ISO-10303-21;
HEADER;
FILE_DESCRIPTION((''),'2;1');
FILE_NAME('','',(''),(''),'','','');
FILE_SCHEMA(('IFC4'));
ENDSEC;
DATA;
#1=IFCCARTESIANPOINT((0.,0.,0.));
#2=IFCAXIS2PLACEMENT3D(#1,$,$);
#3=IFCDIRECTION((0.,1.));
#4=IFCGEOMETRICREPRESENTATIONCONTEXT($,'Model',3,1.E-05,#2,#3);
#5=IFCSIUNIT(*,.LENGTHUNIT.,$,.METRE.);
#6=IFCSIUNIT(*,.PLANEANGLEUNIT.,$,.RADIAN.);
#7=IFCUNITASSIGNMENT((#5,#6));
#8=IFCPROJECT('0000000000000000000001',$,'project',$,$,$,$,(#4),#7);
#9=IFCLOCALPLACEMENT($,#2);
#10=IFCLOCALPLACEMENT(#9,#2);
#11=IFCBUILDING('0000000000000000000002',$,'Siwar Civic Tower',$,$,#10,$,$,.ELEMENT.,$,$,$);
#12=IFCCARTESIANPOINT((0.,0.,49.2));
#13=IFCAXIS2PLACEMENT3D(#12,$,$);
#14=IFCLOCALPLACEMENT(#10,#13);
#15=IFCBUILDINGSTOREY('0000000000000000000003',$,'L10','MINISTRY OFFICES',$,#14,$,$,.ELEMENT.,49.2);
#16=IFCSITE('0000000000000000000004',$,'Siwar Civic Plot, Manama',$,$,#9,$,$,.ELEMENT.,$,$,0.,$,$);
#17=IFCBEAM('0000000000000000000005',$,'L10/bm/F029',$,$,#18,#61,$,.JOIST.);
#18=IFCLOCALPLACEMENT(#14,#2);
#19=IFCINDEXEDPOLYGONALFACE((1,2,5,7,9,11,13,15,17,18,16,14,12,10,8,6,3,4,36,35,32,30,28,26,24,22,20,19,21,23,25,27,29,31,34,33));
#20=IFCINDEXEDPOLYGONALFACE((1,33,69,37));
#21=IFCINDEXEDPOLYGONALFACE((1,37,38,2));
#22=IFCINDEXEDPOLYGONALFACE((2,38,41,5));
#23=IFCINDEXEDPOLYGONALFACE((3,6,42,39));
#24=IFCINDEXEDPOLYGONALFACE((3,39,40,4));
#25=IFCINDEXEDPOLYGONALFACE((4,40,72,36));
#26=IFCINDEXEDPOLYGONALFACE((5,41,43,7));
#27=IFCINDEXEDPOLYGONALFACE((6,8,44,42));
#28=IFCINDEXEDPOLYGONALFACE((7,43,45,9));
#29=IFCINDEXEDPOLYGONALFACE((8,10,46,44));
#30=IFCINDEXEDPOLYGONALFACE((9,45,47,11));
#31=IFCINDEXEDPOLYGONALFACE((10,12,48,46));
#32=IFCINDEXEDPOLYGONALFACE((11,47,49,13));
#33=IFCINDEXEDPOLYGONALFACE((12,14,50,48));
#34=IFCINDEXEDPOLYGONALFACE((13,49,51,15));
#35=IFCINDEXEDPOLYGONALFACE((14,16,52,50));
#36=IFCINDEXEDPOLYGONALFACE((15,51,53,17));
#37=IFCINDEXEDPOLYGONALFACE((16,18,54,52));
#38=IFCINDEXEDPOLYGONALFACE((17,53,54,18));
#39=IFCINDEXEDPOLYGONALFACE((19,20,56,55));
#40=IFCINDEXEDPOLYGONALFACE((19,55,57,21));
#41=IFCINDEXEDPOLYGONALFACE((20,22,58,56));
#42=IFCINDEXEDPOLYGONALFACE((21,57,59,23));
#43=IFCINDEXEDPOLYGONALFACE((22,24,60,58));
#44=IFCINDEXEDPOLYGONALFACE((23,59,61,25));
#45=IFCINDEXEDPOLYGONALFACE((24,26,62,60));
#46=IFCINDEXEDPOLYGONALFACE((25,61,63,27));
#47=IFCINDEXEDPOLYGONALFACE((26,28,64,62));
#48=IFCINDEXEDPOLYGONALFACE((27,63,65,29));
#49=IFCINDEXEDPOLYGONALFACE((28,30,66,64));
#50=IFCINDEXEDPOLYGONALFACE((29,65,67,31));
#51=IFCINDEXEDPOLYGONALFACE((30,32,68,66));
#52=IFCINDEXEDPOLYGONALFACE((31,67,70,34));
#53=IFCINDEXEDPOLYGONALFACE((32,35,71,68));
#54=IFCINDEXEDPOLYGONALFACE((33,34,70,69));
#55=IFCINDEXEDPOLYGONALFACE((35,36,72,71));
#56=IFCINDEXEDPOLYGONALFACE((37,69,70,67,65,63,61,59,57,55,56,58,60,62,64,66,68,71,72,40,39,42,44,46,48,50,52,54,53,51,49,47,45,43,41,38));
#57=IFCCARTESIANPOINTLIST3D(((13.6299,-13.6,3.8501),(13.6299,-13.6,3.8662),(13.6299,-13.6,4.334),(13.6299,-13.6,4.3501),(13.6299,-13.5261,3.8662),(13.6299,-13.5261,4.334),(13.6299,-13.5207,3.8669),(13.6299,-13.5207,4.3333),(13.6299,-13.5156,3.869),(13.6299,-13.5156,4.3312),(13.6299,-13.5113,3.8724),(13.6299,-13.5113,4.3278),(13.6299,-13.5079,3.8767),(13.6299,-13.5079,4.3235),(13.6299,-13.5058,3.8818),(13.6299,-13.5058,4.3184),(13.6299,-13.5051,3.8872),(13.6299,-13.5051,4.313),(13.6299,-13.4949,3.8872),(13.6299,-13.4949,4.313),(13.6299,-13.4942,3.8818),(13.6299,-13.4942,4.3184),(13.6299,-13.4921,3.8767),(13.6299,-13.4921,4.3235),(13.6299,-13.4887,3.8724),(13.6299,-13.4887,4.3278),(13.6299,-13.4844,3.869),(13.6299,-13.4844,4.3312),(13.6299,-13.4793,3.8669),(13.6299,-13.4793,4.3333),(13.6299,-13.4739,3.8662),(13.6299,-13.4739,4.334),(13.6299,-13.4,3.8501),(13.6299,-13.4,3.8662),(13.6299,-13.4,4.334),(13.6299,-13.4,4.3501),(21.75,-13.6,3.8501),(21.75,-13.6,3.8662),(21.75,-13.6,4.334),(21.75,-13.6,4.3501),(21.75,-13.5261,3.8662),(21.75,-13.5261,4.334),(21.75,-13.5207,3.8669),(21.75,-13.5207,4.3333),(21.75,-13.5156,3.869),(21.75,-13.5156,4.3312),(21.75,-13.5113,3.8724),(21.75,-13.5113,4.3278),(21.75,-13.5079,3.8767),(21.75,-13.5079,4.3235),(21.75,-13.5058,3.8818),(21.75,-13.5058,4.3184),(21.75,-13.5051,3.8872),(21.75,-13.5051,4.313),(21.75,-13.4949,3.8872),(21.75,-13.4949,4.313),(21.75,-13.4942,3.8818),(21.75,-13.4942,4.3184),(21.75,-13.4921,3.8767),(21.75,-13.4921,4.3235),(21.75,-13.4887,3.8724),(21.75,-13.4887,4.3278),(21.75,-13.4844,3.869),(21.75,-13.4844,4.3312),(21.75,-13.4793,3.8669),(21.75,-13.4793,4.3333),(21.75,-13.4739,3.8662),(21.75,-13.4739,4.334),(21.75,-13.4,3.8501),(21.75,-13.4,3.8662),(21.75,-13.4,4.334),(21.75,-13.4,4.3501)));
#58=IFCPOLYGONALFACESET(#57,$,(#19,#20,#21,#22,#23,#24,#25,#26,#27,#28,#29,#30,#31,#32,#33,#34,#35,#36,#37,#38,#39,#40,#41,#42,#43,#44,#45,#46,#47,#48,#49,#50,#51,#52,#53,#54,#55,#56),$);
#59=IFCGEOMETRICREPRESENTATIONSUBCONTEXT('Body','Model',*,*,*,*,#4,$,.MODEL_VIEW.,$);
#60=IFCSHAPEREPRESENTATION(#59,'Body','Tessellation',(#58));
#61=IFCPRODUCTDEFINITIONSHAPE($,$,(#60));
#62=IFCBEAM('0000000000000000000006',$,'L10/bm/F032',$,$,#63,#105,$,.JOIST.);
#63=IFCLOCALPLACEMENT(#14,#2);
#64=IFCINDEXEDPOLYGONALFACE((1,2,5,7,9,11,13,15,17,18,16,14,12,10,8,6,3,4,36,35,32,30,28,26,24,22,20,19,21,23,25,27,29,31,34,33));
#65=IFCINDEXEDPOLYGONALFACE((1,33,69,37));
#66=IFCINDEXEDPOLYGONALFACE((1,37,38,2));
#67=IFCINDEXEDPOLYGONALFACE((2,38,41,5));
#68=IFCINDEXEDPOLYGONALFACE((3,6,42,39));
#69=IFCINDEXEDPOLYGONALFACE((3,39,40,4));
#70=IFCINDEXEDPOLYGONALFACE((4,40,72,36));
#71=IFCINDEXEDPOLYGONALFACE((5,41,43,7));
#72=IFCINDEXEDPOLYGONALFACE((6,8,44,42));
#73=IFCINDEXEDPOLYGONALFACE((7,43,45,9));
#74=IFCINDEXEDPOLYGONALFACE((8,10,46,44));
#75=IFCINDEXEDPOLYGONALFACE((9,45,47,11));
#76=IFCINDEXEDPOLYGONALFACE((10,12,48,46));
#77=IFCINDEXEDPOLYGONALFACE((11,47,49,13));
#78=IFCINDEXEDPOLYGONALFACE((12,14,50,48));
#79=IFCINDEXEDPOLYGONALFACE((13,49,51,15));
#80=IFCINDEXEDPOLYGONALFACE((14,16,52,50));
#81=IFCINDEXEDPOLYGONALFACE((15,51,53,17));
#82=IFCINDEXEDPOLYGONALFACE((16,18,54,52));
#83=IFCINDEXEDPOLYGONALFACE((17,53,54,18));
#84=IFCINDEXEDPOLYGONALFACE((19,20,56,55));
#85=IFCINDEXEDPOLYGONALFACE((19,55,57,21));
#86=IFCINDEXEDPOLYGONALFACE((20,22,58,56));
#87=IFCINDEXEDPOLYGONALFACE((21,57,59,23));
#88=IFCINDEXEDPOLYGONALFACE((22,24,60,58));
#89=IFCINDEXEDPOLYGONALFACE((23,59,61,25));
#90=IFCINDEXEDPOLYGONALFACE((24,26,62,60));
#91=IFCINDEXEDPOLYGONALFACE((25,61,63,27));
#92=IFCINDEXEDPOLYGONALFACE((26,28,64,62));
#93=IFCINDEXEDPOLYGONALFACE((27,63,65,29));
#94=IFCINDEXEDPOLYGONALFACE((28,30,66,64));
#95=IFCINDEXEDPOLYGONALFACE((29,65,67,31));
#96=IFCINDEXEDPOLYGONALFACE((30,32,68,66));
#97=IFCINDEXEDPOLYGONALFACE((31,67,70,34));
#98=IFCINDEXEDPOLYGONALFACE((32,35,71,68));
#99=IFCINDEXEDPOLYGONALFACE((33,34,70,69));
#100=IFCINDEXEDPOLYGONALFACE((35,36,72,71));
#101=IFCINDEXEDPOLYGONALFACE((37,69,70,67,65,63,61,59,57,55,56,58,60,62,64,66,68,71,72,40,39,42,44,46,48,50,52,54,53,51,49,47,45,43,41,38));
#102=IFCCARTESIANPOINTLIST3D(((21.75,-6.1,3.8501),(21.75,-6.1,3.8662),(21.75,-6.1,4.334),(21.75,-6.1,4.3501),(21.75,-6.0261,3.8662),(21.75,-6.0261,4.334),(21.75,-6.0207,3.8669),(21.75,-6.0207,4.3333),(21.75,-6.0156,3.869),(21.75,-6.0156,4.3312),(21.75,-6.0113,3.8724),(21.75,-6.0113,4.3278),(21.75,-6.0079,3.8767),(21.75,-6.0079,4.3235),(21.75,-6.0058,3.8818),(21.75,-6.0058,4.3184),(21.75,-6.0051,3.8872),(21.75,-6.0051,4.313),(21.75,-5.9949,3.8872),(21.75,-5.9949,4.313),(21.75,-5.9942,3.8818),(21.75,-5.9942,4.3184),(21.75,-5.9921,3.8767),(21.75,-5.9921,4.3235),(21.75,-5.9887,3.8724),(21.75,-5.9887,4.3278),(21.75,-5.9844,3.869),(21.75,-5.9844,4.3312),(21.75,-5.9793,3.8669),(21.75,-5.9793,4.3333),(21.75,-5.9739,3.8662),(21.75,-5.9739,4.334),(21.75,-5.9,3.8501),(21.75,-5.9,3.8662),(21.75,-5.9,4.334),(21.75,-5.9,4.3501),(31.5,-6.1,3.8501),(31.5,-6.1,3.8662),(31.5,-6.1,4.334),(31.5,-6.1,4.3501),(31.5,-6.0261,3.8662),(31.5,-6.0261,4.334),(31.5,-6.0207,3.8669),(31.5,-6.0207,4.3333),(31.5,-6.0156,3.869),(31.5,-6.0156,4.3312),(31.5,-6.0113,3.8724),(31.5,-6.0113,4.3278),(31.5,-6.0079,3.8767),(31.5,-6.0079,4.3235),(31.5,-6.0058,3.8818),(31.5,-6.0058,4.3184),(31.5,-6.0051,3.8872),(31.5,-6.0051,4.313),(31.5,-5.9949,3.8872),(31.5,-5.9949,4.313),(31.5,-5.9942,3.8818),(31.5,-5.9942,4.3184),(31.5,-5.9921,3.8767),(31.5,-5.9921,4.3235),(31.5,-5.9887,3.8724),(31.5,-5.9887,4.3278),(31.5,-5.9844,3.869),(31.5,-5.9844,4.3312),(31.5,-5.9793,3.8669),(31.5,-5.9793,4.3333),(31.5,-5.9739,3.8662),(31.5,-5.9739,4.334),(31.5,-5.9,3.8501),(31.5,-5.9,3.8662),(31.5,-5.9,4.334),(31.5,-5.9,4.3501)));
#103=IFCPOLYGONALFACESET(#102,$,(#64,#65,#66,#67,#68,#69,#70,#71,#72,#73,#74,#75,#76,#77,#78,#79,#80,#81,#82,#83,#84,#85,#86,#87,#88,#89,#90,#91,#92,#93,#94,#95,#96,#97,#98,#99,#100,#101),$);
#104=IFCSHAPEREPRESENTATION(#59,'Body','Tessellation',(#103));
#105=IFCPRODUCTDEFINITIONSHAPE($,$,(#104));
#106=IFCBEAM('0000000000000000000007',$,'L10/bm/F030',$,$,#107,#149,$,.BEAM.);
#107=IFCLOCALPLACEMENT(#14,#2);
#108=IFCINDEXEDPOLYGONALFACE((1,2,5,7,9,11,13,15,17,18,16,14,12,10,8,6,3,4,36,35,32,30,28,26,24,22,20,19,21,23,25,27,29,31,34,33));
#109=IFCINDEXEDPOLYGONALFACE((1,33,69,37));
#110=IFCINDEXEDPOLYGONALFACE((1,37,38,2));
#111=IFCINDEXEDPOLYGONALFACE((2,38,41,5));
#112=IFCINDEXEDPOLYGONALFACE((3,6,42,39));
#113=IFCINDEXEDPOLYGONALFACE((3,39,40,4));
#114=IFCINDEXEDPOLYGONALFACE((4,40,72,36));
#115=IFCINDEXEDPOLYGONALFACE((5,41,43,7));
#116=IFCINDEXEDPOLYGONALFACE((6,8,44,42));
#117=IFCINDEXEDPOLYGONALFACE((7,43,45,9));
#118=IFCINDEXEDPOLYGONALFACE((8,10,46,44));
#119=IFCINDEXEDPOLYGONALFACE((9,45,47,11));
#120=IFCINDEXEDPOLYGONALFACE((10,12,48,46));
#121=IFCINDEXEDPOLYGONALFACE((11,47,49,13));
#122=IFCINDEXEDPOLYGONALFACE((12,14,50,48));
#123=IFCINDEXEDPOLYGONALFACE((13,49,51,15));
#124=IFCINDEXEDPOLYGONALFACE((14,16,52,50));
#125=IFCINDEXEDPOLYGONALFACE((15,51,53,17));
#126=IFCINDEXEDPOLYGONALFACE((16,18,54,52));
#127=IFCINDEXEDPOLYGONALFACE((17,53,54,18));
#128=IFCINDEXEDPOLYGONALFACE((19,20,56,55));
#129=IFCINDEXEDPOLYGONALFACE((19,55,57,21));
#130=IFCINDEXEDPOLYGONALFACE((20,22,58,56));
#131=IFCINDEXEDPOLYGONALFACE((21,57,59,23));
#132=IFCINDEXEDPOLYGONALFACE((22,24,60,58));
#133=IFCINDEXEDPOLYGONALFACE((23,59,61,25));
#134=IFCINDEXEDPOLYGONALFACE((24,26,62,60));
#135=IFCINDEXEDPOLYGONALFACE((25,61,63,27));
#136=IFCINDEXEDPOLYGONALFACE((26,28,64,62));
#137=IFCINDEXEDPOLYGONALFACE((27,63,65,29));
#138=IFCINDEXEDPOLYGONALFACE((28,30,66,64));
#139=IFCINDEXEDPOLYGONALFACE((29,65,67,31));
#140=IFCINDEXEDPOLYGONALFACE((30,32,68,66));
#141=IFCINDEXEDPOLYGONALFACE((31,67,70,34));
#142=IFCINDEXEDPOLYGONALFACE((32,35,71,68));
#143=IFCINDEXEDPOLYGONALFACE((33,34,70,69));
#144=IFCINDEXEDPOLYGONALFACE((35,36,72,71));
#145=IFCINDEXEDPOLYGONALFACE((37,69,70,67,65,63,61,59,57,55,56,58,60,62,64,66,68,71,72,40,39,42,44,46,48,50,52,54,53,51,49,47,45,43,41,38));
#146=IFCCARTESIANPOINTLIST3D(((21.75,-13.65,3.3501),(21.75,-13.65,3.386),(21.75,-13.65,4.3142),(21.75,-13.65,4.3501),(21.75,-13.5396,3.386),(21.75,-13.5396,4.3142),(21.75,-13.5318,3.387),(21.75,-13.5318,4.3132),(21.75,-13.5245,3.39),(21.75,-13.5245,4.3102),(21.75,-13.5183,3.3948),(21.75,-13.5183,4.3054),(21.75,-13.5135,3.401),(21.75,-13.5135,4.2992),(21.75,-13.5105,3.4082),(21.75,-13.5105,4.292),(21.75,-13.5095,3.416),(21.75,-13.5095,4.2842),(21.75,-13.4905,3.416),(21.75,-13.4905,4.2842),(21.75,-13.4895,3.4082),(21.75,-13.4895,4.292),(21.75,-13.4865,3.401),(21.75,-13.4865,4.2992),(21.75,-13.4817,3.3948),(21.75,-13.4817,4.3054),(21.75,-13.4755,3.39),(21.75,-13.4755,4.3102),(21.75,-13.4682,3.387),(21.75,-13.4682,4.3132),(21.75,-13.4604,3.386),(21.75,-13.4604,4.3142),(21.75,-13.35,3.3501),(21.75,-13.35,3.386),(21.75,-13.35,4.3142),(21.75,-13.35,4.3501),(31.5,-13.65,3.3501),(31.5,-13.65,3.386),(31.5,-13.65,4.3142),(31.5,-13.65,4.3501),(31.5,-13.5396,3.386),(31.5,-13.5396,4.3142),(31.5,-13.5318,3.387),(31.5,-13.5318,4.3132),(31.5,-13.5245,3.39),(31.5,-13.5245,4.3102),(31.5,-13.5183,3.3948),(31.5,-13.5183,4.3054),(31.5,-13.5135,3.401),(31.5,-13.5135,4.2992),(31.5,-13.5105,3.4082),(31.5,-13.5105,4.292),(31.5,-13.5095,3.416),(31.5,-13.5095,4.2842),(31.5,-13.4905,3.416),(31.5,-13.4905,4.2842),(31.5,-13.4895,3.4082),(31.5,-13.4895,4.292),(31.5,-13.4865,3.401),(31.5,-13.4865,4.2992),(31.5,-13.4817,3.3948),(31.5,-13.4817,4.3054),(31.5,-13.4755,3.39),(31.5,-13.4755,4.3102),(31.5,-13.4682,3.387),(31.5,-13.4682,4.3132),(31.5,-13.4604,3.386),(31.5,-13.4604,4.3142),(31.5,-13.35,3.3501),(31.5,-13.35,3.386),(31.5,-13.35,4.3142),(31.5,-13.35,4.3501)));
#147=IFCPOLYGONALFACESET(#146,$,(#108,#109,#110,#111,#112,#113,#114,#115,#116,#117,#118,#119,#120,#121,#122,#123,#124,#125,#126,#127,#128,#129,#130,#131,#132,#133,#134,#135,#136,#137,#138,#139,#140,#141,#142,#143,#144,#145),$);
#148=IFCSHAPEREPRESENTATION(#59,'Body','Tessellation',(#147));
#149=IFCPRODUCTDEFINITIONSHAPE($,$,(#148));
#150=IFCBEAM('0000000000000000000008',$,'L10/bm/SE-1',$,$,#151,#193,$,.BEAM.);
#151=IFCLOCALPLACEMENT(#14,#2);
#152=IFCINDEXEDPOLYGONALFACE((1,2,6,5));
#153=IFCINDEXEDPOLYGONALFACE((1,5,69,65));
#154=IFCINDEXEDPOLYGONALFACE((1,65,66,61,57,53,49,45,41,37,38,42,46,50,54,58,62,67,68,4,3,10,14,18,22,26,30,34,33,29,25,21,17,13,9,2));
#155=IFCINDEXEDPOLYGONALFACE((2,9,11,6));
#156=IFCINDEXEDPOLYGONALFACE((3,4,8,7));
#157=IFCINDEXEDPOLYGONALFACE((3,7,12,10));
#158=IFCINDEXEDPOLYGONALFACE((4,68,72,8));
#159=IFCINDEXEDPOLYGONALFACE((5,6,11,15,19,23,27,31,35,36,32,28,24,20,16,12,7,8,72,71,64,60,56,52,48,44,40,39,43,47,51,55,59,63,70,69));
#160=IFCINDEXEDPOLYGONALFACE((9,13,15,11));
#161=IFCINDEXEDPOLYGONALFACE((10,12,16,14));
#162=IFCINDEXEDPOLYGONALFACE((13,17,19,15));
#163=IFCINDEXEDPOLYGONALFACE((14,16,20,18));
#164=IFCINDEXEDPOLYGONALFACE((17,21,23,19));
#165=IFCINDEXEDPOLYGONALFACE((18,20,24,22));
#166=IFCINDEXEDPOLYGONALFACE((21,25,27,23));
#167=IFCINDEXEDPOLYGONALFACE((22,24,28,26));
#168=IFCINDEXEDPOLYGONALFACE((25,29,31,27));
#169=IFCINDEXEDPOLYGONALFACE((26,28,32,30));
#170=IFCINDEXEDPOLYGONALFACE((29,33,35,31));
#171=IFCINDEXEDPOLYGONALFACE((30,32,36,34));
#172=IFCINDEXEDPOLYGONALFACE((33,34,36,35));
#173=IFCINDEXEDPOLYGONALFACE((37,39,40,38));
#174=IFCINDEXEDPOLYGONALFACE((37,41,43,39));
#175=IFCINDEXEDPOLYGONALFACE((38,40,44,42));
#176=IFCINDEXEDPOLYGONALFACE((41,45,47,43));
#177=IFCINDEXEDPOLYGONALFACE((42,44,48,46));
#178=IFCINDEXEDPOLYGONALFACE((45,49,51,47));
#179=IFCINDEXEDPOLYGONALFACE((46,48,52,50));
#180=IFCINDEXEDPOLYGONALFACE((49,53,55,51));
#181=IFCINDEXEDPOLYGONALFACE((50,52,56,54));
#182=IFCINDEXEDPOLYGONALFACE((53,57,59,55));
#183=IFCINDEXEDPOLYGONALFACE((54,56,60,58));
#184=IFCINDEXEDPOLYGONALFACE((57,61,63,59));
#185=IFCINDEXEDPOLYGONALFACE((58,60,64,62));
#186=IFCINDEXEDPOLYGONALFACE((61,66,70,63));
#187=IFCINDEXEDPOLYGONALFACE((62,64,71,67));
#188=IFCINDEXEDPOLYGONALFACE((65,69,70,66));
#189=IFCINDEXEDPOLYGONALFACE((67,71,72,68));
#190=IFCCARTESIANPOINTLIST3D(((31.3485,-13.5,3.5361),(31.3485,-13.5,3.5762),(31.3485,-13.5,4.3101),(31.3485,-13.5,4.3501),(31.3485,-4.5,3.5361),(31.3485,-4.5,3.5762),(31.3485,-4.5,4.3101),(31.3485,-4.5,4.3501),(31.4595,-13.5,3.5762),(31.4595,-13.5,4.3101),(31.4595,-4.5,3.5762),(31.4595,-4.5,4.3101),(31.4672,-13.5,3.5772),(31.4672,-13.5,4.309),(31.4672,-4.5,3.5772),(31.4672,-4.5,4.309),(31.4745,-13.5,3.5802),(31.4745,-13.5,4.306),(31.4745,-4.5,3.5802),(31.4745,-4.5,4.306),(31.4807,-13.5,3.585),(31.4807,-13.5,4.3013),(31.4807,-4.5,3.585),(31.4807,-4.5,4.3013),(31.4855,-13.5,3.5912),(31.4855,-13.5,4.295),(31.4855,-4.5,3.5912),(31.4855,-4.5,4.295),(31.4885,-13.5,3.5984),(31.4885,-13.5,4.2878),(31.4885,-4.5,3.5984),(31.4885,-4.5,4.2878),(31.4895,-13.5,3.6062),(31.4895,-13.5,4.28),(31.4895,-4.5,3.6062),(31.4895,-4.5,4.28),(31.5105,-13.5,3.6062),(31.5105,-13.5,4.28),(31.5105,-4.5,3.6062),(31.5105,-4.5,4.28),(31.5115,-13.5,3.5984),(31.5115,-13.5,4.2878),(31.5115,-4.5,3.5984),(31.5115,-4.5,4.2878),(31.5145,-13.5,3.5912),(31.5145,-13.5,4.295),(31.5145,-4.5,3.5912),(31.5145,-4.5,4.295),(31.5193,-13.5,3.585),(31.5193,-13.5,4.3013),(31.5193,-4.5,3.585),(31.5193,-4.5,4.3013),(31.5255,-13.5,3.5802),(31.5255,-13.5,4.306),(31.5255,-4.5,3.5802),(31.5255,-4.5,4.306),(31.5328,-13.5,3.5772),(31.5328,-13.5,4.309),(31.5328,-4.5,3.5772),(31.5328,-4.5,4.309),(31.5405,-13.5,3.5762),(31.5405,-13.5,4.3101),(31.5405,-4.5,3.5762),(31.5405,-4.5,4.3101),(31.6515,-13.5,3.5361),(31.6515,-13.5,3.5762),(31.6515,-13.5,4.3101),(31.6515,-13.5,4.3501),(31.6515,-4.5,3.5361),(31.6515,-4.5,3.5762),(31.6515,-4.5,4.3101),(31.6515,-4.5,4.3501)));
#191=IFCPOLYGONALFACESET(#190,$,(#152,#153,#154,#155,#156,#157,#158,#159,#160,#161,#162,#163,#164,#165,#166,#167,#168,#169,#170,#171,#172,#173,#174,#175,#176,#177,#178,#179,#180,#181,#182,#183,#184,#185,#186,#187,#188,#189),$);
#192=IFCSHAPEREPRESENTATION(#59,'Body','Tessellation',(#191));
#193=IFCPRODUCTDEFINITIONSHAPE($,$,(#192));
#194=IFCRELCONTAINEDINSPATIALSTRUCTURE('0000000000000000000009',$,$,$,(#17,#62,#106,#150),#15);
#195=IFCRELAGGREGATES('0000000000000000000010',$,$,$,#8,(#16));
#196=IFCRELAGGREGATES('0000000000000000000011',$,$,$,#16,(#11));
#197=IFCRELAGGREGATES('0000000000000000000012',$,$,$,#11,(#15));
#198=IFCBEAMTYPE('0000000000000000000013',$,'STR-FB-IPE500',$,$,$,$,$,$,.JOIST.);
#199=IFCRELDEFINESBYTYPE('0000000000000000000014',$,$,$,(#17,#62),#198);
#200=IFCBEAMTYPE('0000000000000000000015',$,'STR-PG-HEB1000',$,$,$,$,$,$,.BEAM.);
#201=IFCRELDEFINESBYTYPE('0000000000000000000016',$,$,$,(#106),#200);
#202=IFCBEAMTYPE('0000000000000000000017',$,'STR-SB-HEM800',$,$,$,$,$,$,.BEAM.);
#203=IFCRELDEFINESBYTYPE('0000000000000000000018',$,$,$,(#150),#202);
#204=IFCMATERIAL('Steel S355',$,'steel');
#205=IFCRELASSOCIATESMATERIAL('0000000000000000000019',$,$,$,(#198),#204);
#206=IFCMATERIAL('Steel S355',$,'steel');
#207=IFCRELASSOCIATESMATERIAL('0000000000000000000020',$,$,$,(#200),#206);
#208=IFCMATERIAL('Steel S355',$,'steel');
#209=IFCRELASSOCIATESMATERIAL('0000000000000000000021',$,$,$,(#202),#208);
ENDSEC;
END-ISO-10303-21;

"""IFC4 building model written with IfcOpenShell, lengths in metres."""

from ifc_helpers import new_model, si_unit, direction, frame, origin, origin_2d, place, context, subcontext, project, spatial, i_section, extrude, material, material_profile, profile_set, type_object, element, save


model = new_model("IFC4")

# Units and contexts
model_context = context("Model", 3, precision=1e-05, world=origin(), true_north=direction((0.0, 1.0)))
body_context = subcontext(model_context, "Body", "Model", "MODEL_VIEW")
ifc_project = project(units=[si_unit("LENGTHUNIT", "METRE"), si_unit("PLANEANGLEUNIT", "RADIAN")], contexts=[model_context])

# Site, building, storey
site_placement = place(None, origin())
site = spatial("IfcSite", under=ifc_project, at=site_placement, Name="Siwar Civic Plot, Manama", CompositionType="ELEMENT", RefElevation=0.0)
building_placement = place(site_placement, origin())
building = spatial("IfcBuilding", under=site, at=building_placement, Name="Siwar Civic Tower", CompositionType="ELEMENT")
storey_placement = place(building_placement, frame((0.0, 0.0, 49.2)))
storey = spatial("IfcBuildingStorey", under=building, at=storey_placement, Name="L10", Description="MINISTRY OFFICES", CompositionType="ELEMENT", Elevation=49.2)

# Beams
ifc_material_1 = material(Name="Steel S355", Category="steel")
ifc_material_profile_1 = material_profile(ifc_material_1, i_section(OverallWidth=0.2, OverallDepth=0.5, WebThickness=0.0103, FlangeThickness=0.0161, FilletRadius=0.021, at=origin_2d()), Name="IPE500")
ifc_profile_set_1 = profile_set([ifc_material_profile_1], Name="Steel S355")
beam_type_1 = type_object("IfcBeamType", Name="STR-FB-IPE500", PredefinedType="JOIST", material=ifc_profile_set_1)
beam_1_placement = place(storey_placement, frame((13.6299, -13.5, 4.1001), z_axis=(1.0, 0.0, 0.0), x_axis=(0.0, 1.0, 0.0)))
element("IfcBeam", 1, at=beam_1_placement, inside=storey, type_object=beam_type_1, Name="L10/bm/F029", PredefinedType="JOIST", context=body_context, shape_type="SweptSolid", body=[
    extrude(i_section(OverallWidth=0.2, OverallDepth=0.5, WebThickness=0.0103, FlangeThickness=0.0161, FilletRadius=0.021, at=origin_2d()), origin(), (0.0, 0.0, 1.0), 8.1201),
])
beam_2_placement = place(storey_placement, frame((21.75, -6.0, 4.1001), z_axis=(1.0, 0.0, 0.0), x_axis=(0.0, 1.0, 0.0)))
element("IfcBeam", 2, at=beam_2_placement, inside=storey, type_object=beam_type_1, Name="L10/bm/F032", PredefinedType="JOIST", context=body_context, shape_type="SweptSolid", body=[
    extrude(i_section(OverallWidth=0.2, OverallDepth=0.5, WebThickness=0.0103, FlangeThickness=0.0161, FilletRadius=0.021, at=origin_2d()), origin(), (0.0, 0.0, 1.0), 9.75),
])
ifc_material_2 = material(Name="Steel S355", Category="steel")
ifc_material_profile_2 = material_profile(ifc_material_2, i_section(OverallWidth=0.3, OverallDepth=1.0, WebThickness=0.019, FlangeThickness=0.0359, FilletRadius=0.03, at=origin_2d()), Name="HEB1000")
ifc_profile_set_2 = profile_set([ifc_material_profile_2], Name="Steel S355")
beam_type_2 = type_object("IfcBeamType", Name="STR-PG-HEB1000", PredefinedType="BEAM", material=ifc_profile_set_2)
beam_3_placement = place(storey_placement, frame((21.75, -13.5, 3.8501), z_axis=(1.0, 0.0, 0.0), x_axis=(0.0, 1.0, 0.0)))
element("IfcBeam", 3, at=beam_3_placement, inside=storey, type_object=beam_type_2, Name="L10/bm/F030", PredefinedType="BEAM", context=body_context, shape_type="SweptSolid", body=[
    extrude(i_section(OverallWidth=0.3, OverallDepth=1.0, WebThickness=0.019, FlangeThickness=0.0359, FilletRadius=0.03, at=origin_2d()), origin(), (0.0, 0.0, 1.0), 9.75),
])
ifc_material_3 = material(Name="Steel S355", Category="steel")
ifc_material_profile_3 = material_profile(ifc_material_3, i_section(OverallWidth=0.303, OverallDepth=0.814, WebThickness=0.021, FlangeThickness=0.04, FilletRadius=0.03, at=origin_2d()), Name="HEM800")
ifc_profile_set_3 = profile_set([ifc_material_profile_3], Name="Steel S355")
beam_type_3 = type_object("IfcBeamType", Name="STR-SB-HEM800", PredefinedType="BEAM", material=ifc_profile_set_3)
for number, where, z_axis, x_axis, name in (
    (4, (31.5, -13.5, 3.9431), (0.0, 1.0, 0.0), (-1.0, 0.0, 0.0), "L10/bm/SE-1"),
):
    element("IfcBeam", number, at=place(storey_placement, frame(where, z_axis=z_axis, x_axis=x_axis)), inside=storey, type_object=beam_type_3, Name=name, PredefinedType="BEAM", context=body_context, shape_type="SweptSolid", body=[
        extrude(i_section(OverallWidth=0.303, OverallDepth=0.814, WebThickness=0.021, FlangeThickness=0.04, FilletRadius=0.03, at=origin_2d()), origin(), (0.0, 0.0, 1.0), 9.0),
    ])

save(model, "model.ifc")
